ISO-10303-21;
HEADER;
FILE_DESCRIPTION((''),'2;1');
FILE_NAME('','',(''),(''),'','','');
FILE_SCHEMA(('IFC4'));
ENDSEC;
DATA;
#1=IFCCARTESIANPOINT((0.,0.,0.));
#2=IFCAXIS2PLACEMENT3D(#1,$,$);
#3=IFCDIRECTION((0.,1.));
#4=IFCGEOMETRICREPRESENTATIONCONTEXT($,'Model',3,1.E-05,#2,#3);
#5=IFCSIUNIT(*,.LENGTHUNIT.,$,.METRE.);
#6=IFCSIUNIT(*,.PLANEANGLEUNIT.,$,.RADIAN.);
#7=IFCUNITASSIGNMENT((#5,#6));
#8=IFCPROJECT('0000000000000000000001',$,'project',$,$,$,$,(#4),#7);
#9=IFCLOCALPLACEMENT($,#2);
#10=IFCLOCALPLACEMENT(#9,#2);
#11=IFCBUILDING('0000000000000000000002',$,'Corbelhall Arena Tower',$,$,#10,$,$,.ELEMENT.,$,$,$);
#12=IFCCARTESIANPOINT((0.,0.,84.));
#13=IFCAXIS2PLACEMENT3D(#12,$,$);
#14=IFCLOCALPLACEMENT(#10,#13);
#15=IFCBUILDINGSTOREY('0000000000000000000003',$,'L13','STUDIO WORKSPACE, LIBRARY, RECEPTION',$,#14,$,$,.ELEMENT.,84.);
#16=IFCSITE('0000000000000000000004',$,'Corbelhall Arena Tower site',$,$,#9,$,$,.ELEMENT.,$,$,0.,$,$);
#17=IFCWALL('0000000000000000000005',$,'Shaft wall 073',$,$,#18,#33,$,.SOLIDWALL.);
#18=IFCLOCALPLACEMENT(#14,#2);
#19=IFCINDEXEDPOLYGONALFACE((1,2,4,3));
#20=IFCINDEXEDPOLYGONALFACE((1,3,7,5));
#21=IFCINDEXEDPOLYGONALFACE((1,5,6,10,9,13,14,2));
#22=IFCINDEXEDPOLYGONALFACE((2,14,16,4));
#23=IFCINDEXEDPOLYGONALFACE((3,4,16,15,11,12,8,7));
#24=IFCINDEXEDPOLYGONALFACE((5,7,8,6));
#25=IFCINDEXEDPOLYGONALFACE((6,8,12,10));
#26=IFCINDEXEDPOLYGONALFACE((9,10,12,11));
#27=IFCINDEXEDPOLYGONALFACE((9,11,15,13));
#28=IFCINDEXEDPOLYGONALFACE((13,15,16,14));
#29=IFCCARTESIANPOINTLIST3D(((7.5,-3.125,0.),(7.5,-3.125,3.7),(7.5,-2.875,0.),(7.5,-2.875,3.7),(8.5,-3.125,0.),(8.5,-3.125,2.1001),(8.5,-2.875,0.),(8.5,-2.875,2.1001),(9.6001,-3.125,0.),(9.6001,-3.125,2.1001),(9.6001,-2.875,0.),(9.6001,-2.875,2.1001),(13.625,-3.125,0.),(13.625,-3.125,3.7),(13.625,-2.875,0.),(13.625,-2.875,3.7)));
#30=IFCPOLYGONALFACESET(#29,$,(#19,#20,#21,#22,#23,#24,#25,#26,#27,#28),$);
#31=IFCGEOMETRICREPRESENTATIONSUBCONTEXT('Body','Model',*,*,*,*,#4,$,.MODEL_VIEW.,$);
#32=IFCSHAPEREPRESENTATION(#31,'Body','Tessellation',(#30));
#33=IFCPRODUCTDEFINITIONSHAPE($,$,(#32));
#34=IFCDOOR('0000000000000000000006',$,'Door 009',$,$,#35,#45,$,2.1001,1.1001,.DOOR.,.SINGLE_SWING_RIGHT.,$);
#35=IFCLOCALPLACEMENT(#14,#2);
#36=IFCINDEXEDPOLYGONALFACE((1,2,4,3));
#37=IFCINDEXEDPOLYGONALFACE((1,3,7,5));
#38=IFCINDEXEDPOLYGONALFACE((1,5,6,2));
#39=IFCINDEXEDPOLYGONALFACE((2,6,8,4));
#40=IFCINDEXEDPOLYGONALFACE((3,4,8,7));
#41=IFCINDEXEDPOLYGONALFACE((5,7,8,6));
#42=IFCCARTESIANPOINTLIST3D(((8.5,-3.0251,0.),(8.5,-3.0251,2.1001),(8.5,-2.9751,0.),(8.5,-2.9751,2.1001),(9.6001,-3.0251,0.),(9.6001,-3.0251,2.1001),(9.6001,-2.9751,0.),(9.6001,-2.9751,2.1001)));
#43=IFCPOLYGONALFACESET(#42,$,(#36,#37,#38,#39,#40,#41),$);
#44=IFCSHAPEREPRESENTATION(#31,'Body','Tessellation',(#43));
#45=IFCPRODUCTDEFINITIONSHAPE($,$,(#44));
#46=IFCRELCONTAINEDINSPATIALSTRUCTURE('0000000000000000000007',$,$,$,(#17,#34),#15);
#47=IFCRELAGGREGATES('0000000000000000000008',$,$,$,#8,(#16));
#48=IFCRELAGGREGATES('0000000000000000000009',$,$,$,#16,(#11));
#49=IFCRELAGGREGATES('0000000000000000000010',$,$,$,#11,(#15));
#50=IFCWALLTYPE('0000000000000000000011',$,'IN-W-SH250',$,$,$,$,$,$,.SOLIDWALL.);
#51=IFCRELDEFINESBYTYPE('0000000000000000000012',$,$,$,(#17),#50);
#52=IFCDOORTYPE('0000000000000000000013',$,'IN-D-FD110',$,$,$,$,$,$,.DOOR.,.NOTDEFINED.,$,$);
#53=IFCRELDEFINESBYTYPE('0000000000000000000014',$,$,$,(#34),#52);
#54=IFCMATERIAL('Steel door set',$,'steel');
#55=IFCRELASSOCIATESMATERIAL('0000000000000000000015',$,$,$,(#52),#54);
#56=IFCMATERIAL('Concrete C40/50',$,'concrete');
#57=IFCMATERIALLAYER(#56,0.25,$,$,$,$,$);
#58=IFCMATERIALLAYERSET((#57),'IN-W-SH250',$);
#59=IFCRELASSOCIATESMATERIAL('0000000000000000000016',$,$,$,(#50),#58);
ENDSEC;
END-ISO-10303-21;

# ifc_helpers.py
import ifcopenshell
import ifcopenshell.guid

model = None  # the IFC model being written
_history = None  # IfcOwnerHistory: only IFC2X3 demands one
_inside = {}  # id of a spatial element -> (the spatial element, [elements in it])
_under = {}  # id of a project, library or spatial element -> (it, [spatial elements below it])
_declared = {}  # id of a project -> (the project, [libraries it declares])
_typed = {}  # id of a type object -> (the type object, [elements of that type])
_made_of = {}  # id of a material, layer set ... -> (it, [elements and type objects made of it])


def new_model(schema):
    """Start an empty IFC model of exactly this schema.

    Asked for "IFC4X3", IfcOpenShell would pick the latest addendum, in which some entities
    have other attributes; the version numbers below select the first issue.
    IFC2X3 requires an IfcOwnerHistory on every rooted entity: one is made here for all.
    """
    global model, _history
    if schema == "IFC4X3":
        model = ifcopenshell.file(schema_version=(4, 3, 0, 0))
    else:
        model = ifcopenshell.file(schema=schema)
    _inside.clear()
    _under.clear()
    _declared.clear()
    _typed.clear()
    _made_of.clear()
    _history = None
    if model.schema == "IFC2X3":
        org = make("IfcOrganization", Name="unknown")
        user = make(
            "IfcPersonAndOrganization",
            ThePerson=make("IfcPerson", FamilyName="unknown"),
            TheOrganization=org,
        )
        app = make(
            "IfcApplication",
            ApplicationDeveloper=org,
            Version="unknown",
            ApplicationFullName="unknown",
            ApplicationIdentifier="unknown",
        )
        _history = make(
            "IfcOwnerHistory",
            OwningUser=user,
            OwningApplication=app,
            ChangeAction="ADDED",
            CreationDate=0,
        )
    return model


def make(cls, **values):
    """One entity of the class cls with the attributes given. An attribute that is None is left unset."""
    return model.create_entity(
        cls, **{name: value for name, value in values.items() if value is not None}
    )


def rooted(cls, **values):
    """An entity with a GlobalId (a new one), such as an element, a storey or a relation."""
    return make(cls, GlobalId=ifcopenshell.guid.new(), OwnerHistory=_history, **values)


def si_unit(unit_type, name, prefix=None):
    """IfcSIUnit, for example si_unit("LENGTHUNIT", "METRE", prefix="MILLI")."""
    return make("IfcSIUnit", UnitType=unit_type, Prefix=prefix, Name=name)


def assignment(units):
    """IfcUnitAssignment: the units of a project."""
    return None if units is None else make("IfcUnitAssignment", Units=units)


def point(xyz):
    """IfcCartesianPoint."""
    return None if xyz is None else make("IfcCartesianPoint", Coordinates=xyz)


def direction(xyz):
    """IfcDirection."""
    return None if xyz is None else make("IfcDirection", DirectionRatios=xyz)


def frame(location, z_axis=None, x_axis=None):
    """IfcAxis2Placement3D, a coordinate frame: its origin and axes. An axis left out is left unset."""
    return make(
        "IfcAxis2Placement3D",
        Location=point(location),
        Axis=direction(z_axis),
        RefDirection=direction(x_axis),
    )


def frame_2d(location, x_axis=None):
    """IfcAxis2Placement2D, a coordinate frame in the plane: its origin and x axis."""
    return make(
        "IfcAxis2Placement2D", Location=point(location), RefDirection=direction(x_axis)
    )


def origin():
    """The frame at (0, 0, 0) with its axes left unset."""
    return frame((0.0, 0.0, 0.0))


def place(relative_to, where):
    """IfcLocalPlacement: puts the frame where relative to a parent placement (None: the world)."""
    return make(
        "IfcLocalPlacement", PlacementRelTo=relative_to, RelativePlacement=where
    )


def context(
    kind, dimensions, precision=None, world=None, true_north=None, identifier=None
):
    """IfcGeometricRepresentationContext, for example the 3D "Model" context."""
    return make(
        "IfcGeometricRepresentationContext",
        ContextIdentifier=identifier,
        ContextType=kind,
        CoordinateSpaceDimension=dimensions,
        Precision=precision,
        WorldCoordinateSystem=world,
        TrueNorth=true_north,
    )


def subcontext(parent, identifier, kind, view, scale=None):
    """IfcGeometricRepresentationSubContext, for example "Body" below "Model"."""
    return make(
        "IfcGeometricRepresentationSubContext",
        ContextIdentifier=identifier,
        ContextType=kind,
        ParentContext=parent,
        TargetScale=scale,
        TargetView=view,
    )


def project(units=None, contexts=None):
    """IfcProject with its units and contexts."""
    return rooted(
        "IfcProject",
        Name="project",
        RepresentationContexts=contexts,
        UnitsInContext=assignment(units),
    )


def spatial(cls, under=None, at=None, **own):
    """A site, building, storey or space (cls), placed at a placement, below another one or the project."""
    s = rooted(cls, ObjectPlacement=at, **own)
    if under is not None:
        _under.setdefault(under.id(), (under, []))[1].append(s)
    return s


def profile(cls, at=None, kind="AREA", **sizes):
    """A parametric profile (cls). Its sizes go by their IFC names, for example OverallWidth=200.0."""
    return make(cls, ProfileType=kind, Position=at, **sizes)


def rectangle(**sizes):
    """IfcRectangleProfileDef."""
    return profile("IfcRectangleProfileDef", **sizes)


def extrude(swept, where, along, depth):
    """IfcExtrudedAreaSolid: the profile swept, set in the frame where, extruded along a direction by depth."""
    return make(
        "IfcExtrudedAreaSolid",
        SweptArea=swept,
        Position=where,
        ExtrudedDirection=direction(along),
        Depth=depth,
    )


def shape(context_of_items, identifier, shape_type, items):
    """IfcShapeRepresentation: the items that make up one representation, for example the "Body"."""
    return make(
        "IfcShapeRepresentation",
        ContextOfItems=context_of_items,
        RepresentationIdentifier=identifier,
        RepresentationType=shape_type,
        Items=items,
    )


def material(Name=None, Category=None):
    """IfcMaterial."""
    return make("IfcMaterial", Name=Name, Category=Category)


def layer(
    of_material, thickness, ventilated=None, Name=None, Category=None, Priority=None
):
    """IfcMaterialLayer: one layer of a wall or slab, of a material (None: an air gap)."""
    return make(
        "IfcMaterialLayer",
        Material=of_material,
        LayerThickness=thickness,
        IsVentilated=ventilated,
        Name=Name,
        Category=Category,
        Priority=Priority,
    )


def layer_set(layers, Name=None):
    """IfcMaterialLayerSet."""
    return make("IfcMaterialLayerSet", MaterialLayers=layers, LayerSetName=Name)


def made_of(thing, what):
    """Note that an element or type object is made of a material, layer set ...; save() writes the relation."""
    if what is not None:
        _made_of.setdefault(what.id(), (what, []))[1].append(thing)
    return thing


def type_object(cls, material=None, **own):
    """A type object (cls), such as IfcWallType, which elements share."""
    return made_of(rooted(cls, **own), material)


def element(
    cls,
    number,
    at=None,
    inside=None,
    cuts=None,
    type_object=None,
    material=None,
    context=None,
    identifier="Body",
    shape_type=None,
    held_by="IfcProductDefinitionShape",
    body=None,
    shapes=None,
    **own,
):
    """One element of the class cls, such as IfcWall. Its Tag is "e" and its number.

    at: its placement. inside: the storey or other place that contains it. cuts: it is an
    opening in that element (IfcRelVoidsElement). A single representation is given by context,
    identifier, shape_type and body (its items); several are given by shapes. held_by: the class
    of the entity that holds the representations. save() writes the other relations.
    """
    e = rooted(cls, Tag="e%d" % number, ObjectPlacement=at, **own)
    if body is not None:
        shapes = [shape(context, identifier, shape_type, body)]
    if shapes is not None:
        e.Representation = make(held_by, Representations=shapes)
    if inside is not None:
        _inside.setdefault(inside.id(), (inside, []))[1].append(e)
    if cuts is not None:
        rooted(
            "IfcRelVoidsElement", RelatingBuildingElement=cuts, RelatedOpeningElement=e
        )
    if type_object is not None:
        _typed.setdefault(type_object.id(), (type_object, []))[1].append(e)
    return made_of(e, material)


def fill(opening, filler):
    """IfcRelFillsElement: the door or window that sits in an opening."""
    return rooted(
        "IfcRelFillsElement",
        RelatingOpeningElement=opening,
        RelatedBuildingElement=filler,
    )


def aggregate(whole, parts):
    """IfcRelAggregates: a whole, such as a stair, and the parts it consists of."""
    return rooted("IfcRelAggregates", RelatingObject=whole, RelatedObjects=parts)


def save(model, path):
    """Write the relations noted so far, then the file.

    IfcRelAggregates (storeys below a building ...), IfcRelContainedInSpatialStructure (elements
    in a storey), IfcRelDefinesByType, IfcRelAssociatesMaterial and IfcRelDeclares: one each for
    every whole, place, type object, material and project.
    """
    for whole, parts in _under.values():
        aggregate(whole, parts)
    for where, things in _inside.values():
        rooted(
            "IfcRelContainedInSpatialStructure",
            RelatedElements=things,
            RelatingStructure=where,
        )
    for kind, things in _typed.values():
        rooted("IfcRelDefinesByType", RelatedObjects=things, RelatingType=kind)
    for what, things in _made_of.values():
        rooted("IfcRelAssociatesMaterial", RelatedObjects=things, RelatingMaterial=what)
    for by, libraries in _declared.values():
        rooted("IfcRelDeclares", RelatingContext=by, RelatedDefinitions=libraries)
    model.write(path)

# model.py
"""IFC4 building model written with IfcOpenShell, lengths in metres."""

from ifc_helpers import new_model, si_unit, direction, frame, frame_2d, origin, place, context, subcontext, project, spatial, rectangle, extrude, material, layer, layer_set, type_object, element, fill, save


model = new_model("IFC4")

# Units and contexts
model_context = context("Model", 3, precision=1e-05, world=origin(), true_north=direction((0.0, 1.0)))
body_context = subcontext(model_context, "Body", "Model", "MODEL_VIEW")
ifc_project = project(units=[si_unit("LENGTHUNIT", "METRE"), si_unit("PLANEANGLEUNIT", "RADIAN")], contexts=[model_context])

# Site, building, storey
site_placement = place(None, origin())
site = spatial("IfcSite", under=ifc_project, at=site_placement, Name="Corbelhall Arena Tower site", CompositionType="ELEMENT", RefElevation=0.0)
building_placement = place(site_placement, origin())
building = spatial("IfcBuilding", under=site, at=building_placement, Name="Corbelhall Arena Tower", CompositionType="ELEMENT")
storey_placement = place(building_placement, frame((0.0, 0.0, 84.0)))
storey = spatial("IfcBuildingStorey", under=building, at=storey_placement, Name="L13", Description="STUDIO WORKSPACE, LIBRARY, RECEPTION", CompositionType="ELEMENT", Elevation=84.0)

# Shared definitions
ifc_material_1 = material(Name="Concrete C40/50", Category="concrete")

# Shared definitions
ifc_material_2 = material(Name="Steel door set", Category="steel")
door_type = type_object("IfcDoorType", Name="IN-D-FD110", OperationType="NOTDEFINED", PredefinedType="DOOR", material=ifc_material_2)

# Wall, opening, door
ifc_layer_1 = layer(ifc_material_1, 0.25)
ifc_layer_set_1 = layer_set([ifc_layer_1], Name="IN-W-SH250")
wall_type_1 = type_object("IfcWallType", Name="IN-W-SH250", PredefinedType="SOLIDWALL", material=ifc_layer_set_1)
wall_1_placement = place(storey_placement, frame((7.5, -3.0, 0.0), z_axis=(0.0, 0.0, 1.0), x_axis=(1.0, 0.0, 0.0)))
wall_1 = element("IfcWall", 1, at=wall_1_placement, inside=storey, type_object=wall_type_1, Name="Shaft wall 073", PredefinedType="SOLIDWALL", context=body_context, shape_type="SweptSolid", body=[
    extrude(rectangle(XDim=6.125, YDim=0.25, at=frame_2d((3.0625, 0.0))), origin(), (0.0, 0.0, 1.0), 3.7),
])
opening_1_placement = place(wall_1_placement, frame((1.0, 0.0, 0.0)))
opening_1 = element("IfcOpeningElement", 2, at=opening_1_placement, cuts=wall_1, PredefinedType="OPENING", context=body_context, shape_type="SweptSolid", body=[
    extrude(rectangle(XDim=1.1001, YDim=2.1001, at=frame_2d((0.55, 1.05))), frame((0.0, 0.125, 0.0), z_axis=(0.0, -1.0, 0.0), x_axis=(1.0, 0.0, 0.0)), (0.0, 0.0, 1.0), 0.25),
])
door_1_placement = place(opening_1_placement, origin())
door_1 = element("IfcDoor", 3, at=door_1_placement, inside=storey, type_object=door_type, Name="Door 009", OperationType="SINGLE_SWING_RIGHT", OverallHeight=2.1001, OverallWidth=1.1001, PredefinedType="DOOR", context=body_context, shape_type="SweptSolid", body=[
    extrude(rectangle(XDim=1.1001, YDim=2.1001, at=frame_2d((0.55, 1.05))), frame((0.0, 0.0249, 0.0), z_axis=(0.0, -1.0, 0.0), x_axis=(1.0, 0.0, 0.0)), (0.0, 0.0, 1.0), 0.05),
])
fill(opening_1, door_1)

save(model, "model.ifc")
